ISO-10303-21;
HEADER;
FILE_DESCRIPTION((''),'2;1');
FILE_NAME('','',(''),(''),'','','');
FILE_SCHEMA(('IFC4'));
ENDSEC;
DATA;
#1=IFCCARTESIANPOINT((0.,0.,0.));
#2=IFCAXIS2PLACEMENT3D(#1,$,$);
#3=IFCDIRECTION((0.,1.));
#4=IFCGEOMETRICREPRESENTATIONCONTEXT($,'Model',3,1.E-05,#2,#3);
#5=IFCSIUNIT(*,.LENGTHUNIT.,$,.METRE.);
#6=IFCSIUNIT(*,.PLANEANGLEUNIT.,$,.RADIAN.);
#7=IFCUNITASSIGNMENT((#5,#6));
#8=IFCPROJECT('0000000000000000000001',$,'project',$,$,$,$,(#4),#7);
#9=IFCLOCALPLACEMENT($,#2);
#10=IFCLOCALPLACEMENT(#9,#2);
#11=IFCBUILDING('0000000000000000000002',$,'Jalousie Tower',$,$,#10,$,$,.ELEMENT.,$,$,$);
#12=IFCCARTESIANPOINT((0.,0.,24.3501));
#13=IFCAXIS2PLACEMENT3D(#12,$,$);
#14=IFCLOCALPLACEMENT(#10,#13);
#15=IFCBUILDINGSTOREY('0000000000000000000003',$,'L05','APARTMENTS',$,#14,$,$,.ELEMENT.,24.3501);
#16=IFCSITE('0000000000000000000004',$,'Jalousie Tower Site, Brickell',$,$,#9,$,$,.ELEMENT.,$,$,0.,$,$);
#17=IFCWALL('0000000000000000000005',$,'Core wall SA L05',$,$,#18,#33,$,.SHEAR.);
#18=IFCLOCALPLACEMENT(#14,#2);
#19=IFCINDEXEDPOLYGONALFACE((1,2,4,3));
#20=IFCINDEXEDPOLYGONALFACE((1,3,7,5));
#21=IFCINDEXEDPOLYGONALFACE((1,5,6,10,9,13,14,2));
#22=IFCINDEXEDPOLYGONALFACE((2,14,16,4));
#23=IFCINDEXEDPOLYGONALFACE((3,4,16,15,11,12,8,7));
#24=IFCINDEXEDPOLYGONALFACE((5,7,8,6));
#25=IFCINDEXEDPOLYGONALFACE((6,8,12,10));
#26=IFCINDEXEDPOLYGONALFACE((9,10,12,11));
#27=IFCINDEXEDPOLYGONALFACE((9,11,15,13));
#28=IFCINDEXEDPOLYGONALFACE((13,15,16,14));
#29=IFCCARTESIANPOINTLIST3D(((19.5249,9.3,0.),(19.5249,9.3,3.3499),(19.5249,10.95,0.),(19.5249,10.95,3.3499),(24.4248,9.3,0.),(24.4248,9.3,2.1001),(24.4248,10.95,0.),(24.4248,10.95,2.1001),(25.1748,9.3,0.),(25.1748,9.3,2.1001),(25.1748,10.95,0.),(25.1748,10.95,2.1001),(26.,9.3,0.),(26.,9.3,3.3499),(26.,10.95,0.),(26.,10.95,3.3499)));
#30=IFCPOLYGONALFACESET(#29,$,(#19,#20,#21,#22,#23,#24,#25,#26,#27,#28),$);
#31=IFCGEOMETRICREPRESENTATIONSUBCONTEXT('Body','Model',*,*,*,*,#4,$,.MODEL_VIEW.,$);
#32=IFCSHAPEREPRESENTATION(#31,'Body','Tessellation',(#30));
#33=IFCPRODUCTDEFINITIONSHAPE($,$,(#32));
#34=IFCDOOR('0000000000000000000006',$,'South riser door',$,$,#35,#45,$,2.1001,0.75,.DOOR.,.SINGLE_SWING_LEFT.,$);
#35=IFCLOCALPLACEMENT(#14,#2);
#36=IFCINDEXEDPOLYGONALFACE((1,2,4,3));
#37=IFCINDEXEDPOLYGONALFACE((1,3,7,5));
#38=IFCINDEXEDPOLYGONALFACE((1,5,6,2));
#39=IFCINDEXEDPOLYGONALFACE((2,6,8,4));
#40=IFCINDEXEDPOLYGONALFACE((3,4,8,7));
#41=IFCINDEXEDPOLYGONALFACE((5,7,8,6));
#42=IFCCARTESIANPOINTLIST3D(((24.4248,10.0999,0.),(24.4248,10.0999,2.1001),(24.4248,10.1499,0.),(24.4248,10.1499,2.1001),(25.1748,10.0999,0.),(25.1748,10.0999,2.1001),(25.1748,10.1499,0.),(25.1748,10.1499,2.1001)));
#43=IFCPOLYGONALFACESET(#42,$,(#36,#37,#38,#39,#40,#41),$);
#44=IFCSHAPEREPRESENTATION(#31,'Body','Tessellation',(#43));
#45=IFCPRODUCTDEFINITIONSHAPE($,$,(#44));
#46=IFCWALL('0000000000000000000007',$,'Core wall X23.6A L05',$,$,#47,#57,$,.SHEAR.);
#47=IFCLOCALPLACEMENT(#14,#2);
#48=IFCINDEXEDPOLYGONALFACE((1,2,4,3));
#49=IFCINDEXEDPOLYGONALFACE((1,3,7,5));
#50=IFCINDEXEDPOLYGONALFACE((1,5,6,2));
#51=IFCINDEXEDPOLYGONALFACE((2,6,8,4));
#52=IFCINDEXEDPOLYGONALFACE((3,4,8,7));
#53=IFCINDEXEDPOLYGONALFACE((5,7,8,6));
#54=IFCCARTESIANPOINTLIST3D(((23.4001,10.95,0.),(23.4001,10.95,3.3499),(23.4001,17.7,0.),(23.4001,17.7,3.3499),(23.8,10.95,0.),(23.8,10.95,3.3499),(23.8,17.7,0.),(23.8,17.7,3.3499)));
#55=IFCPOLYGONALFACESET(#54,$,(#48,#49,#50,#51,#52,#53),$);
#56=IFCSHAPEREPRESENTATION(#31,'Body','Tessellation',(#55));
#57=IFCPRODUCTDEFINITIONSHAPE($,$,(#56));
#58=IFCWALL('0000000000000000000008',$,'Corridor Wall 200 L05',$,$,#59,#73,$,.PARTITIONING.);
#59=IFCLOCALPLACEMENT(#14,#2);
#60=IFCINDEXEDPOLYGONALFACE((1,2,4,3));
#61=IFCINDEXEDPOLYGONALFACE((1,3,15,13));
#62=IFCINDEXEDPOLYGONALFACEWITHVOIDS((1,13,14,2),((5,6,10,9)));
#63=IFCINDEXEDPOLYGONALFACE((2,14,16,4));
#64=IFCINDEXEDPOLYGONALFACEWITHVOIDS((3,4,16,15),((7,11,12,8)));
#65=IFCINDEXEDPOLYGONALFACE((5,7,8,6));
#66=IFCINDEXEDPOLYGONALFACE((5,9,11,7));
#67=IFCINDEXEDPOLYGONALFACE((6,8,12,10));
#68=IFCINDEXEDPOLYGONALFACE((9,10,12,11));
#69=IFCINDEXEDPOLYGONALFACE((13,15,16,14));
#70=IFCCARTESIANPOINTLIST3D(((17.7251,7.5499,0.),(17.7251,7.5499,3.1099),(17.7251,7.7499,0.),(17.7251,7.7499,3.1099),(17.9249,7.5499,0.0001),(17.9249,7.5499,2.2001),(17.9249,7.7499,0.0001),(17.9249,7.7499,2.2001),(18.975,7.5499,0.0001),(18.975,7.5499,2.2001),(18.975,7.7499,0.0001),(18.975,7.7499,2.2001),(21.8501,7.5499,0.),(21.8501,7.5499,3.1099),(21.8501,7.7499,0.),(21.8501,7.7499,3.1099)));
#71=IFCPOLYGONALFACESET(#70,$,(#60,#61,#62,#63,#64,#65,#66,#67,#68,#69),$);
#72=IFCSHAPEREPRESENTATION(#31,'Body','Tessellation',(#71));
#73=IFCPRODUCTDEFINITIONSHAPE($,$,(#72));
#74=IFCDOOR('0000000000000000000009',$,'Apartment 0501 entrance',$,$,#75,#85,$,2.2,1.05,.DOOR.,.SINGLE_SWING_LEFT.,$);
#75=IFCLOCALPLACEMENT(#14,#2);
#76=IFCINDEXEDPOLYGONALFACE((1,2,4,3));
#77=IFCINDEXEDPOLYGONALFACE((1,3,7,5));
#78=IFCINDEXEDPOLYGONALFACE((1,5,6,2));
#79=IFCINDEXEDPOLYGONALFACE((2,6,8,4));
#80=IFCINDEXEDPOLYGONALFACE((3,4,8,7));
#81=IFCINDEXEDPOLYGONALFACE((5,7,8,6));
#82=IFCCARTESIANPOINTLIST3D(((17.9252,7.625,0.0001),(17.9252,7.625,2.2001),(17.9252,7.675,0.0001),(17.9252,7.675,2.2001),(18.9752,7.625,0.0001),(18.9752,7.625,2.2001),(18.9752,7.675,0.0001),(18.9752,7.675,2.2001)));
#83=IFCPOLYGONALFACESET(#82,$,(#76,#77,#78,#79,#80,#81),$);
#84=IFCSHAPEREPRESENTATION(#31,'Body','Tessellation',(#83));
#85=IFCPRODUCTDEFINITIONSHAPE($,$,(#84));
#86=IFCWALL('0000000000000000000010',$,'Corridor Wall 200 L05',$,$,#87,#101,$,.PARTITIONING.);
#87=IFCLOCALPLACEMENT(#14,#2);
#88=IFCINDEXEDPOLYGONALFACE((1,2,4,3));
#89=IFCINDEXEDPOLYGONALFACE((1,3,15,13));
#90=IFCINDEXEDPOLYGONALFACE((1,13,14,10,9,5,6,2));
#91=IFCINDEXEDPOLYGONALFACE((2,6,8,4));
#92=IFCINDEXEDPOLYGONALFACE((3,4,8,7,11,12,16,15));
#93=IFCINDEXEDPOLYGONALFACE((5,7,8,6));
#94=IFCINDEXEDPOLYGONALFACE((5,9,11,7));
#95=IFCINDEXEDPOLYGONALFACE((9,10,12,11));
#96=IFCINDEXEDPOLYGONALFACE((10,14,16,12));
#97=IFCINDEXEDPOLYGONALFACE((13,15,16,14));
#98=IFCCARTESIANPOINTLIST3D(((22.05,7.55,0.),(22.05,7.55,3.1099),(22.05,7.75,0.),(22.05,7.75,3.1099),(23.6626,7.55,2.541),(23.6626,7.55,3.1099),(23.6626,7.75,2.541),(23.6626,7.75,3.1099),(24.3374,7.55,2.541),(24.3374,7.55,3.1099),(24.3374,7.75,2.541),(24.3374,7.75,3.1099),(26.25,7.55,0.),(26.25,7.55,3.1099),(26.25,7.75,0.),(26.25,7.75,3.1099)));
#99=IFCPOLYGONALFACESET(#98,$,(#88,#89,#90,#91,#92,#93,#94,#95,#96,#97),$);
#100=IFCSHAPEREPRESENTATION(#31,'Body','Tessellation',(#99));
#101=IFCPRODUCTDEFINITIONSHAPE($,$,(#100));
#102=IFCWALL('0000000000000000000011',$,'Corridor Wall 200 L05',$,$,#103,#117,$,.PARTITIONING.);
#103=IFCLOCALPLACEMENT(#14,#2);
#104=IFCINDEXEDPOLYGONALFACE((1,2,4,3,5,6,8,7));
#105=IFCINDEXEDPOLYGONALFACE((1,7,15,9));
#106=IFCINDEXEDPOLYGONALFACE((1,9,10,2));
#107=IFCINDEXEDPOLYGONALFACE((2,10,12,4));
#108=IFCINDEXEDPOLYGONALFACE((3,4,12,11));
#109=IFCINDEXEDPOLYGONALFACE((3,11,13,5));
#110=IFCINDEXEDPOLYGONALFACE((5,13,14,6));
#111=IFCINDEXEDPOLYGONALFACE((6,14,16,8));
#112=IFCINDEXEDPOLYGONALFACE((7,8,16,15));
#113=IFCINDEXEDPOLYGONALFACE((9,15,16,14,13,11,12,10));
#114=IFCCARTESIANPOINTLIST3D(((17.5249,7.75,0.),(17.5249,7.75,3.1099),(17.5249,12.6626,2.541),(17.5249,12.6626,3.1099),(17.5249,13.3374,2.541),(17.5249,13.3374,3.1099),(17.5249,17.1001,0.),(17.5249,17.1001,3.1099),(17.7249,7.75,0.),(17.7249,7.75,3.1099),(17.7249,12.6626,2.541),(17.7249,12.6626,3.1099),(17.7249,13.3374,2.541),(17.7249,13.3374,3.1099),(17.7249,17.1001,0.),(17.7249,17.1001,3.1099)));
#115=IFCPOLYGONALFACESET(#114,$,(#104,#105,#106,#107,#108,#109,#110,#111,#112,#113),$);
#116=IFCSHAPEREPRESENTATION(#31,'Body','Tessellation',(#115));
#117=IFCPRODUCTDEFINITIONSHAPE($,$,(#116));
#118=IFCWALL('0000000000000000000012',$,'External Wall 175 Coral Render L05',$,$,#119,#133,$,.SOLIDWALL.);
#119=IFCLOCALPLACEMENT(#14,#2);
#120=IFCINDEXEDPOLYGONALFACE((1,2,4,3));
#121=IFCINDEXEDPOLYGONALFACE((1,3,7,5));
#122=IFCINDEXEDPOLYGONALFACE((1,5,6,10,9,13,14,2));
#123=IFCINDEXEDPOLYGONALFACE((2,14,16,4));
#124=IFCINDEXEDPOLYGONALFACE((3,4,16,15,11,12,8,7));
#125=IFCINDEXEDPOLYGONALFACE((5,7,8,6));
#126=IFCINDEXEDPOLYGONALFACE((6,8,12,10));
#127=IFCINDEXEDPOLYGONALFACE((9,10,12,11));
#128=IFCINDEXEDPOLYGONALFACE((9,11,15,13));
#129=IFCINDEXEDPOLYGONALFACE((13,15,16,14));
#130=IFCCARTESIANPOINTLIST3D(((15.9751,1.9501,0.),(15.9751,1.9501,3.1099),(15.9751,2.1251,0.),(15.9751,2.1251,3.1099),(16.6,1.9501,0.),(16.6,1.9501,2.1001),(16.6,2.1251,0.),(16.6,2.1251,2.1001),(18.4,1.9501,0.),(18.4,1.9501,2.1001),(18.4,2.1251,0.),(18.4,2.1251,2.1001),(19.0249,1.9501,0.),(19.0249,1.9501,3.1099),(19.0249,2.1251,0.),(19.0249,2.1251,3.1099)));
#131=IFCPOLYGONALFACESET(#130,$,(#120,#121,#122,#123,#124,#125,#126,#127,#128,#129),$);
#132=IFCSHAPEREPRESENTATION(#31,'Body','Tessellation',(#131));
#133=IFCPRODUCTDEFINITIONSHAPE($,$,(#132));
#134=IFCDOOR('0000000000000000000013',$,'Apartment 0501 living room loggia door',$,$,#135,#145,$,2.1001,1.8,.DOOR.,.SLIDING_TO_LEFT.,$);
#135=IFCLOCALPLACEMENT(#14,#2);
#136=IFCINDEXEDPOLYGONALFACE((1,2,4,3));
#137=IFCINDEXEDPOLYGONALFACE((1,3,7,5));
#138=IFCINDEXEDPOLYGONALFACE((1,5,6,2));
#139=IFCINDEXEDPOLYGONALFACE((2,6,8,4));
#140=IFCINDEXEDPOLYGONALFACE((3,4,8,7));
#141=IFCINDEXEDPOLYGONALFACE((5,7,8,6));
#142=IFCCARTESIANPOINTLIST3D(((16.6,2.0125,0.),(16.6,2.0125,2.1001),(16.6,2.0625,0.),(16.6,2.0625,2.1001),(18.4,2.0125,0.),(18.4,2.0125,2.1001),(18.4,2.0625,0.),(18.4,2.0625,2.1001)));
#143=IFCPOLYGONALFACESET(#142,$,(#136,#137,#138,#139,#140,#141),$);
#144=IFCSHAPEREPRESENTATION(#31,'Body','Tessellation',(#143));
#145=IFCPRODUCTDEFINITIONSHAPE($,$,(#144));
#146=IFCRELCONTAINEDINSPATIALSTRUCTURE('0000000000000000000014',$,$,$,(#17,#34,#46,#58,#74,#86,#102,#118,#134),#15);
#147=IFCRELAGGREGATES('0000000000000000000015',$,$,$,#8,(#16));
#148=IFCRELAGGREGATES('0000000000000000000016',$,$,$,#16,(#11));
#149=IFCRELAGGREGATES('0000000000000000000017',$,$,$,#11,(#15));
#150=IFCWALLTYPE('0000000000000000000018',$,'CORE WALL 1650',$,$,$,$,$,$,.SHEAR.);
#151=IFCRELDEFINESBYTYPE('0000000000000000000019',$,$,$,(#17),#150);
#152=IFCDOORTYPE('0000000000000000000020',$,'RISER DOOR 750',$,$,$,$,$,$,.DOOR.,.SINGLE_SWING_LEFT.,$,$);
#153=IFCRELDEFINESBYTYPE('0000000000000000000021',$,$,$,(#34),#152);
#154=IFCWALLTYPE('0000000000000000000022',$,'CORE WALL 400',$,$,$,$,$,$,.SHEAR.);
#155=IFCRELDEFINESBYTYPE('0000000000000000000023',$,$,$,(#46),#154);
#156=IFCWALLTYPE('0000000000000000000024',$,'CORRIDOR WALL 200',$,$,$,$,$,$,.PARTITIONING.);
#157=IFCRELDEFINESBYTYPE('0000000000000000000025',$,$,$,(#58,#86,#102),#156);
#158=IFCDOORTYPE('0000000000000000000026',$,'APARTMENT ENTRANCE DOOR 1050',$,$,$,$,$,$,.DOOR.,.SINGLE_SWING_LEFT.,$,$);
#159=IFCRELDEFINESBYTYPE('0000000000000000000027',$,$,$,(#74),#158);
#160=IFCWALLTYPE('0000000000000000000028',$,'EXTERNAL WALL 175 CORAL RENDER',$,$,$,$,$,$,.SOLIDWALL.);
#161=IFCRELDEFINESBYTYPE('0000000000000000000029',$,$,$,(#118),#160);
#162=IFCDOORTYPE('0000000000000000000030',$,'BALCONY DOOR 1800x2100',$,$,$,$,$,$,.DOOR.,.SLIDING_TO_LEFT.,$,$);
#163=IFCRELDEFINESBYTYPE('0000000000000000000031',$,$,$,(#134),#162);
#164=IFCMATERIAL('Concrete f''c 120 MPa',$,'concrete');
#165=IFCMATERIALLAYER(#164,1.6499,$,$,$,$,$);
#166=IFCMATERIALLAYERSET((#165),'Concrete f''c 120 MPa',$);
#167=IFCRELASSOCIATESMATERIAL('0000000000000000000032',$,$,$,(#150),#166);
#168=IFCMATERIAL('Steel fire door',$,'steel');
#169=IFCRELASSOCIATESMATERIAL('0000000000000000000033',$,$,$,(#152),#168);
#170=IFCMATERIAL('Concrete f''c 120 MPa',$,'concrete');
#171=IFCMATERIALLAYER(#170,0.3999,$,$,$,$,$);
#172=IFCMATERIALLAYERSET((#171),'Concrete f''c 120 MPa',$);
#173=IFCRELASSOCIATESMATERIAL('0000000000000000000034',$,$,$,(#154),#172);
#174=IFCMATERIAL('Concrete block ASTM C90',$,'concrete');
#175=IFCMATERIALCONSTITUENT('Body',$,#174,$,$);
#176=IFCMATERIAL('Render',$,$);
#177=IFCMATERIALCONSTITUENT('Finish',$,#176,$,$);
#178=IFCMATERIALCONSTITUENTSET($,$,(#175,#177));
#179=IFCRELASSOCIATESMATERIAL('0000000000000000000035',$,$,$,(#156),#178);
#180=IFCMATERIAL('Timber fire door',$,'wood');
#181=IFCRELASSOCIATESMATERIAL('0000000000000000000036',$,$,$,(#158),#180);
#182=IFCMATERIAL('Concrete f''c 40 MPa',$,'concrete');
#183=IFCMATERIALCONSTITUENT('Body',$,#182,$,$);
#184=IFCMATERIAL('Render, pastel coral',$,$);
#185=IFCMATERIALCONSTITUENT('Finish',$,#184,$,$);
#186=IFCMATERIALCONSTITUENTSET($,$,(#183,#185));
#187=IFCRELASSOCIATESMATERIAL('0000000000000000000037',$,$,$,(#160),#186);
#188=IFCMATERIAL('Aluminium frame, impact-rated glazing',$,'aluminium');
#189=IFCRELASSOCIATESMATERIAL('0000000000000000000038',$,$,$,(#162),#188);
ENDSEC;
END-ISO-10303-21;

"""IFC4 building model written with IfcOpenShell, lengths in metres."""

from ifc_helpers import new_model, si_unit, direction, frame, frame_2d, origin, place, context, subcontext, project, spatial, polyline, rectangle, outline, extrude, material, layer, layer_set, constituent, constituent_set, type_object, element, fill, save


model = new_model("IFC4")

# Units and contexts
model_context = context("Model", 3, precision=1e-05, world=origin(), true_north=direction((0.0, 1.0)))
body_context = subcontext(model_context, "Body", "Model", "MODEL_VIEW")
ifc_project = project(units=[si_unit("LENGTHUNIT", "METRE"), si_unit("PLANEANGLEUNIT", "RADIAN")], contexts=[model_context])

# Site, building, storey
site_placement = place(None, origin())
site = spatial("IfcSite", under=ifc_project, at=site_placement, Name="Jalousie Tower Site, Brickell", CompositionType="ELEMENT", RefElevation=0.0)
building_placement = place(site_placement, origin())
building = spatial("IfcBuilding", under=site, at=building_placement, Name="Jalousie Tower", CompositionType="ELEMENT")
storey_placement = place(building_placement, frame((0.0, 0.0, 24.3501)))
storey = spatial("IfcBuildingStorey", under=building, at=storey_placement, Name="L05", Description="APARTMENTS", CompositionType="ELEMENT", Elevation=24.3501)

# Wall, opening, door
ifc_material_1 = material(Name="Concrete f'c 120 MPa", Category="concrete")
ifc_layer_1 = layer(ifc_material_1, 1.6499)
ifc_layer_set_1 = layer_set([ifc_layer_1], Name="Concrete f'c 120 MPa")
wall_type_1 = type_object("IfcWallType", Name="CORE WALL 1650", PredefinedType="SHEAR", material=ifc_layer_set_1)
wall_1_placement = place(storey_placement, frame((19.5249, 10.125, 0.0), z_axis=(0.0, 0.0, 1.0), x_axis=(1.0, 0.0, 0.0)))
wall_1 = element("IfcWall", 1, at=wall_1_placement, inside=storey, type_object=wall_type_1, Name="Core wall SA L05", PredefinedType="SHEAR", context=body_context, shape_type="SweptSolid", body=[
    extrude(rectangle(XDim=6.4751, YDim=1.6499, at=frame_2d((3.2375, 0.0))), origin(), (0.0, 0.0, 1.0), 3.3499),
])
opening_1_placement = place(wall_1_placement, frame((4.8999, 0.0, 0.0)))
opening_1 = element("IfcOpeningElement", 2, at=opening_1_placement, cuts=wall_1, PredefinedType="OPENING", context=body_context, shape_type="SweptSolid", body=[
    extrude(rectangle(XDim=0.75, YDim=2.1001, at=frame_2d((0.375, 1.05))), frame((0.0, 0.835, 0.0), z_axis=(0.0, -1.0, 0.0), x_axis=(1.0, 0.0, 0.0)), (0.0, 0.0, 1.0), 1.6699),
])
ifc_material_2 = material(Name="Steel fire door", Category="steel")
door_type_1 = type_object("IfcDoorType", Name="RISER DOOR 750", OperationType="SINGLE_SWING_LEFT", PredefinedType="DOOR", material=ifc_material_2)
door_1_placement = place(opening_1_placement, origin())
door_1 = element("IfcDoor", 3, at=door_1_placement, inside=storey, type_object=door_type_1, Name="South riser door", OperationType="SINGLE_SWING_LEFT", OverallHeight=2.1001, OverallWidth=0.75, PredefinedType="DOOR", context=body_context, shape_type="SweptSolid", body=[
    extrude(rectangle(XDim=0.75, YDim=2.1001, at=frame_2d((0.375, 1.05))), frame((0.0, 0.0249, 0.0), z_axis=(0.0, -1.0, 0.0), x_axis=(1.0, 0.0, 0.0)), (0.0, 0.0, 1.0), 0.05),
])
fill(opening_1, door_1)

# Wall
ifc_material_3 = material(Name="Concrete f'c 120 MPa", Category="concrete")
ifc_layer_2 = layer(ifc_material_3, 0.3999)
ifc_layer_set_2 = layer_set([ifc_layer_2], Name="Concrete f'c 120 MPa")
wall_type_2 = type_object("IfcWallType", Name="CORE WALL 400", PredefinedType="SHEAR", material=ifc_layer_set_2)
wall_2_placement = place(storey_placement, frame((23.6001, 10.95, 0.0), z_axis=(0.0, 0.0, 1.0), x_axis=(0.0, 1.0, 0.0)))
element("IfcWall", 4, at=wall_2_placement, inside=storey, type_object=wall_type_2, Name="Core wall X23.6A L05", PredefinedType="SHEAR", context=body_context, shape_type="SweptSolid", body=[
    extrude(rectangle(XDim=6.75, YDim=0.3999, at=frame_2d((3.375, 0.0))), origin(), (0.0, 0.0, 1.0), 3.3499),
])

# Wall, opening, door
ifc_material_4 = material(Name="Concrete block ASTM C90", Category="concrete")
ifc_constituent_1 = constituent(ifc_material_4, Name="Body")
ifc_material_5 = material(Name="Render")
ifc_constituent_2 = constituent(ifc_material_5, Name="Finish")
ifc_constituent_set_1 = constituent_set(constituents=[ifc_constituent_1, ifc_constituent_2])
wall_type_3 = type_object("IfcWallType", Name="CORRIDOR WALL 200", PredefinedType="PARTITIONING", material=ifc_constituent_set_1)
wall_3_placement = place(storey_placement, frame((17.7251, 7.6499, 0.0), z_axis=(0.0, 0.0, 1.0), x_axis=(1.0, 0.0, 0.0)))
wall_3 = element("IfcWall", 5, at=wall_3_placement, inside=storey, type_object=wall_type_3, Name="Corridor Wall 200 L05", PredefinedType="PARTITIONING", context=body_context, shape_type="SweptSolid", body=[
    extrude(rectangle(XDim=4.125, YDim=0.2, at=frame_2d((2.0625, 0.0))), origin(), (0.0, 0.0, 1.0), 3.1099),
])
opening_2_placement = place(wall_3_placement, frame((0.2, 0.0, 0.0)))
opening_2 = element("IfcOpeningElement", 6, at=opening_2_placement, cuts=wall_3, PredefinedType="OPENING", context=body_context, shape_type="SweptSolid", body=[
    extrude(rectangle(XDim=1.05, YDim=2.2, at=frame_2d((0.5249, 1.1001))), frame((0.0, 0.1099, 0.0), z_axis=(0.0, -1.0, 0.0), x_axis=(1.0, 0.0, 0.0)), (0.0, 0.0, 1.0), 0.22),
])
ifc_material_6 = material(Name="Timber fire door", Category="wood")
door_type_2 = type_object("IfcDoorType", Name="APARTMENT ENTRANCE DOOR 1050", OperationType="SINGLE_SWING_LEFT", PredefinedType="DOOR", material=ifc_material_6)
door_2_placement = place(opening_2_placement, frame((1.05, 0.0, 0.0), z_axis=(0.0, 0.0, 1.0), x_axis=(-1.0, 0.0, 0.0)))
door_2 = element("IfcDoor", 7, at=door_2_placement, inside=storey, type_object=door_type_2, Name="Apartment 0501 entrance", OperationType="SINGLE_SWING_LEFT", OverallHeight=2.2, OverallWidth=1.05, PredefinedType="DOOR", context=body_context, shape_type="SweptSolid", body=[
    extrude(rectangle(XDim=1.05, YDim=2.2, at=frame_2d((0.5249, 1.1001))), frame((0.0, 0.0249, 0.0), z_axis=(0.0, -1.0, 0.0), x_axis=(1.0, 0.0, 0.0)), (0.0, 0.0, 1.0), 0.05),
])
fill(opening_2, door_2)

# Walls
wall_4_placement = place(storey_placement, frame((22.05, 7.6499, 0.0), z_axis=(0.0, 0.0, 1.0), x_axis=(1.0, 0.0, 0.0)))
element("IfcWall", 8, at=wall_4_placement, inside=storey, type_object=wall_type_3, Name="Corridor Wall 200 L05", PredefinedType="PARTITIONING", context=body_context, shape_type="SweptSolid", body=[
    extrude(outline(polyline([(0.0, 0.0), (4.2, 0.0), (4.2, 3.1099), (2.2874, 3.1099), (2.2874, 2.541), (1.6125, 2.541), (1.6125, 3.1099), (0.0, 3.1099), (0.0, 0.0)])), frame((0.0, 0.1001, 0.0), z_axis=(0.0, -1.0, 0.0), x_axis=(1.0, 0.0, 0.0)), (0.0, 0.0, 1.0), 0.2),
])
wall_5_placement = place(storey_placement, frame((17.625, 7.75, 0.0), z_axis=(0.0, 0.0, 1.0), x_axis=(0.0, 1.0, 0.0)))
element("IfcWall", 9, at=wall_5_placement, inside=storey, type_object=wall_type_3, Name="Corridor Wall 200 L05", PredefinedType="PARTITIONING", context=body_context, shape_type="SweptSolid", body=[
    extrude(outline(polyline([(0.0, 0.0), (9.3501, 0.0), (9.3501, 3.1099), (5.5874, 3.1099), (5.5874, 2.541), (4.9126, 2.541), (4.9126, 3.1099), (0.0, 3.1099), (0.0, 0.0)])), frame((0.0, 0.1001, 0.0), z_axis=(0.0, -1.0, 0.0), x_axis=(1.0, 0.0, 0.0)), (0.0, 0.0, 1.0), 0.2),
])

# Wall, opening, door
ifc_material_7 = material(Name="Concrete f'c 40 MPa", Category="concrete")
ifc_constituent_3 = constituent(ifc_material_7, Name="Body")
ifc_material_8 = material(Name="Render, pastel coral")
ifc_constituent_4 = constituent(ifc_material_8, Name="Finish")
ifc_constituent_set_2 = constituent_set(constituents=[ifc_constituent_3, ifc_constituent_4])
wall_type_4 = type_object("IfcWallType", Name="EXTERNAL WALL 175 CORAL RENDER", PredefinedType="SOLIDWALL", material=ifc_constituent_set_2)
wall_6_placement = place(storey_placement, frame((15.9751, 2.0376, 0.0), z_axis=(0.0, 0.0, 1.0), x_axis=(1.0, 0.0, 0.0)))
wall_6 = element("IfcWall", 10, at=wall_6_placement, inside=storey, type_object=wall_type_4, Name="External Wall 175 Coral Render L05", PredefinedType="SOLIDWALL", context=body_context, shape_type="SweptSolid", body=[
    extrude(rectangle(XDim=3.0498, YDim=0.175, at=frame_2d((1.5249, 0.0))), origin(), (0.0, 0.0, 1.0), 3.1099),
])
opening_3_placement = place(wall_6_placement, frame((0.625, 0.0, 0.0)))
opening_3 = element("IfcOpeningElement", 11, at=opening_3_placement, cuts=wall_6, PredefinedType="OPENING", context=body_context, shape_type="SweptSolid", body=[
    extrude(rectangle(XDim=1.8, YDim=2.1001, at=frame_2d((0.8999, 1.05))), frame((0.0, 0.0974, 0.0), z_axis=(0.0, -1.0, 0.0), x_axis=(1.0, 0.0, 0.0)), (0.0, 0.0, 1.0), 0.1951),
])
ifc_material_9 = material(Name="Aluminium frame, impact-rated glazing", Category="aluminium")
door_type_3 = type_object("IfcDoorType", Name="BALCONY DOOR 1800x2100", OperationType="SLIDING_TO_LEFT", PredefinedType="DOOR", material=ifc_material_9)
door_3_placement = place(opening_3_placement, origin())
door_3 = element("IfcDoor", 12, at=door_3_placement, inside=storey, type_object=door_type_3, Name="Apartment 0501 living room loggia door", OperationType="SLIDING_TO_LEFT", OverallHeight=2.1001, OverallWidth=1.8, PredefinedType="DOOR", context=body_context, shape_type="SweptSolid", body=[
    extrude(rectangle(XDim=1.8, YDim=2.1001, at=frame_2d((0.8999, 1.05))), frame((0.0, 0.0249, 0.0), z_axis=(0.0, -1.0, 0.0), x_axis=(1.0, 0.0, 0.0)), (0.0, 0.0, 1.0), 0.05),
])
fill(opening_3, door_3)

save(model, "model.ifc")
